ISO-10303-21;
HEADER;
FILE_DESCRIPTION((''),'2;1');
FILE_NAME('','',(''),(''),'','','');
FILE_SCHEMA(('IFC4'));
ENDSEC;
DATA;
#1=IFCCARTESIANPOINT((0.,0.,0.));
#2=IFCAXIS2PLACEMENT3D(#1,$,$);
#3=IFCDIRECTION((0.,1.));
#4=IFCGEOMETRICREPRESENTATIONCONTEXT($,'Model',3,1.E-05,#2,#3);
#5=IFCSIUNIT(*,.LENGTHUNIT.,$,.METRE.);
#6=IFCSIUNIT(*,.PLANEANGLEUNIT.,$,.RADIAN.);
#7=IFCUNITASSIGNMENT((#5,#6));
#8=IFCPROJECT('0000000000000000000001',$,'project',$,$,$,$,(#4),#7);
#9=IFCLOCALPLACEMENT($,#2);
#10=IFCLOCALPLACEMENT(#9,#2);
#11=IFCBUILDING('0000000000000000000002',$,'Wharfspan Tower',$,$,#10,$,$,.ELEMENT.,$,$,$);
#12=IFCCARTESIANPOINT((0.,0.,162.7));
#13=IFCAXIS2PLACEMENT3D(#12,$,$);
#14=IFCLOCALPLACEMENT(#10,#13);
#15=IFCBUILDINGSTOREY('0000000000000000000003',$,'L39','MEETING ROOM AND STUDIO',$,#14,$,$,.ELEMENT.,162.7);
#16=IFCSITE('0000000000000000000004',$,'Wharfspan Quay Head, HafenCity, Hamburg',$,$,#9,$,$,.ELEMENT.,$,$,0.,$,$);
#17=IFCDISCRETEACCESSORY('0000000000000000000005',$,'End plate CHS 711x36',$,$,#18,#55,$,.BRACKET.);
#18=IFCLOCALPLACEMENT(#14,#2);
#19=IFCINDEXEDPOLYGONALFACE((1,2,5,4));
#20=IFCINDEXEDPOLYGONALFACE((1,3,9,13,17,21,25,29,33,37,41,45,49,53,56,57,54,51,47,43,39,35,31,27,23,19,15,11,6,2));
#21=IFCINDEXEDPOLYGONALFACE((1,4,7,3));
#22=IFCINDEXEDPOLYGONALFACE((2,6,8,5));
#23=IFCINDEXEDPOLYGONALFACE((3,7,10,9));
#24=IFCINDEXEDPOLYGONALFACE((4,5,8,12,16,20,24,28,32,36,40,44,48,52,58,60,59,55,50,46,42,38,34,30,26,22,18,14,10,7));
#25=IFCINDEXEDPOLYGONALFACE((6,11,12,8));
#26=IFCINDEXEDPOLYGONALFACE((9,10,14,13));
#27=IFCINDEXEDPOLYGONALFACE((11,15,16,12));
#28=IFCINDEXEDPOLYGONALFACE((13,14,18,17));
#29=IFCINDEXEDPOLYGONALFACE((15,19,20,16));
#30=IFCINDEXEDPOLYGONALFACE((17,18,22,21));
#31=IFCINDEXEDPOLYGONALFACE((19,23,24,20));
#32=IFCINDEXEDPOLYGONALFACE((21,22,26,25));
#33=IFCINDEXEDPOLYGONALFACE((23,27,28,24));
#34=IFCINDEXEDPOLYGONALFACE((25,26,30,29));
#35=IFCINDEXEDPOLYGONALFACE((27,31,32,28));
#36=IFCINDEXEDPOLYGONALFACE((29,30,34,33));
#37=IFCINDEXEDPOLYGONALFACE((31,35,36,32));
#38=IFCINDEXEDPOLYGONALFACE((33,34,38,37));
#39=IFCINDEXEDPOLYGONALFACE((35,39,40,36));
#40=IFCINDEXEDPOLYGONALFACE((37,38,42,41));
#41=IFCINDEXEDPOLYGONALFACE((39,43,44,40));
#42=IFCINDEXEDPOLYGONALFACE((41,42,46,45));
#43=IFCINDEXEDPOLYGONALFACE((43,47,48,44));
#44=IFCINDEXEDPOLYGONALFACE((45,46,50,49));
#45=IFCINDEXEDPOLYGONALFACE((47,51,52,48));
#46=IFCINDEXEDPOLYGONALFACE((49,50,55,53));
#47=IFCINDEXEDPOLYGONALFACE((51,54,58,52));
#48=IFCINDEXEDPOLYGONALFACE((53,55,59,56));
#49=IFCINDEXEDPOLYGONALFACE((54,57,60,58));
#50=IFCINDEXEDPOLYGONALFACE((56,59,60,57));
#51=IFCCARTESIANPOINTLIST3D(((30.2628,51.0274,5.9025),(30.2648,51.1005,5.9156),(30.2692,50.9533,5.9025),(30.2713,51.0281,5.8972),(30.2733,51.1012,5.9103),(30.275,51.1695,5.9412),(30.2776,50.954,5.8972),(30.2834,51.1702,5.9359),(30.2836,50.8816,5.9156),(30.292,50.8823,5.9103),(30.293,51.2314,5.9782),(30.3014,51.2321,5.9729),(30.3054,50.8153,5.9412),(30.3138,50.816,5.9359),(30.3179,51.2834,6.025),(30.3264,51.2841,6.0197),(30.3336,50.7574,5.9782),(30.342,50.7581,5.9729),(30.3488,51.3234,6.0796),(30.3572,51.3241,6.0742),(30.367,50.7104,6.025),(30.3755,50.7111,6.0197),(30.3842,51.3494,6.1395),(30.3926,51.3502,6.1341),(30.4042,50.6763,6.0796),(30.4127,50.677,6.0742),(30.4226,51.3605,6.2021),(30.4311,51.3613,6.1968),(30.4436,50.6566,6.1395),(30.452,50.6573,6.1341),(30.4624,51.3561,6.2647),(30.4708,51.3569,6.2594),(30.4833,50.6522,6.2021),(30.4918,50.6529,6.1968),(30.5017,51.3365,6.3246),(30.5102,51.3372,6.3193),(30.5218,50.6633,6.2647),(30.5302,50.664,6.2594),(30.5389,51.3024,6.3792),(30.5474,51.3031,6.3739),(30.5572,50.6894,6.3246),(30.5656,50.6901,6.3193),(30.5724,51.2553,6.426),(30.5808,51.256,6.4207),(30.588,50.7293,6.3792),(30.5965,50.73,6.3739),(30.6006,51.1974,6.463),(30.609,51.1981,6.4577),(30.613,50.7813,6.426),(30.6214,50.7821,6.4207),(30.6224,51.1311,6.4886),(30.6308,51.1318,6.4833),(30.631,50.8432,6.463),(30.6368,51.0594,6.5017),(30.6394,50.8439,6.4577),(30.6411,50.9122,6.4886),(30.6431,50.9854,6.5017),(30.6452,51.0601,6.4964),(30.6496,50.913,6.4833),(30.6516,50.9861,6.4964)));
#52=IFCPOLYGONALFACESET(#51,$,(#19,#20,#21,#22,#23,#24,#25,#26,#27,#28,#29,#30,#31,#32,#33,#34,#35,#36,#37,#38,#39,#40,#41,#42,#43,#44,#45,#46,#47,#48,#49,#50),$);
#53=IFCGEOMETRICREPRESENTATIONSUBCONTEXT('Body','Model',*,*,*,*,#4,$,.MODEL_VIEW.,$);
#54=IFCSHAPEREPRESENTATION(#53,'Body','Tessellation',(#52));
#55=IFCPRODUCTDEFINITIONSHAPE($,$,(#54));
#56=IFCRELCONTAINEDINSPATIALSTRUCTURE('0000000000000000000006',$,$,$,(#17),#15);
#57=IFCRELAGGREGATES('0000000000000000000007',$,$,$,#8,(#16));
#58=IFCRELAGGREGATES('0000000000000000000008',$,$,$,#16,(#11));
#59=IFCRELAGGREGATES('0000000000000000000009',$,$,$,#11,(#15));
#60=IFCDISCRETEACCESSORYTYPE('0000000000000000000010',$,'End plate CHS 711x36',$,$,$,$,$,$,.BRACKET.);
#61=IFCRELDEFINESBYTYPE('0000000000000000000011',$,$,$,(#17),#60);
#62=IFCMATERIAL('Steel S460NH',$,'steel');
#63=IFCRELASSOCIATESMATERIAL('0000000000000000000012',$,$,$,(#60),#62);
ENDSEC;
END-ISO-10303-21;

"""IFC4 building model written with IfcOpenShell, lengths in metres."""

from ifc_helpers import new_model, si_unit, direction, frame, origin, origin_2d, place, context, subcontext, project, spatial, circle, extrude, material, material_profile, profile_set, type_object, element, save


model = new_model("IFC4")

# Units and contexts
model_context = context("Model", 3, precision=1e-05, world=origin(), true_north=direction((0.0, 1.0)))
body_context = subcontext(model_context, "Body", "Model", "MODEL_VIEW")
ifc_project = project(units=[si_unit("LENGTHUNIT", "METRE"), si_unit("PLANEANGLEUNIT", "RADIAN")], contexts=[model_context])

# Site, building, storey
site_placement = place(None, origin())
site = spatial("IfcSite", under=ifc_project, at=site_placement, Name="Wharfspan Quay Head, HafenCity, Hamburg", CompositionType="ELEMENT", RefElevation=0.0)
building_placement = place(site_placement, origin())
building = spatial("IfcBuilding", under=site, at=building_placement, Name="Wharfspan Tower", CompositionType="ELEMENT")
storey_placement = place(building_placement, frame((0.0, 0.0, 162.7)))
storey = spatial("IfcBuildingStorey", under=building, at=storey_placement, Name="L39", Description="MEETING ROOM AND STUDIO", CompositionType="ELEMENT", Elevation=162.7)

# Shared definitions
ifc_material_1 = material(Name="Steel S460NH", Category="steel")

# Discrete accessory
ifc_material_profile_1 = material_profile(ifc_material_1, circle(Radius=0.3555, at=origin_2d()))
ifc_profile_set_1 = profile_set([ifc_material_profile_1], Name="Steel S460NH")
discrete_accessory_type = type_object("IfcDiscreteAccessoryType", Name="End plate CHS 711x36", PredefinedType="BRACKET", material=ifc_profile_set_1)
for number, where, z_axis, x_axis, name in (
    (1, (30.4614, 51.0071, 6.1968), (-0.844416, -0.072379, 0.530776), (0.085402, -0.99635, 0.0), "End plate CHS 711x36"),
):
    element("IfcDiscreteAccessory", number, at=place(storey_placement, frame(where, z_axis=z_axis, x_axis=x_axis)), inside=storey, type_object=discrete_accessory_type, Name=name, PredefinedType="BRACKET", context=body_context, shape_type="SweptSolid", body=[
        extrude(circle(Radius=0.3555, at=origin_2d()), origin(), (0.0, 0.0, 1.0), 0.01),
    ])

save(model, "model.ifc")
